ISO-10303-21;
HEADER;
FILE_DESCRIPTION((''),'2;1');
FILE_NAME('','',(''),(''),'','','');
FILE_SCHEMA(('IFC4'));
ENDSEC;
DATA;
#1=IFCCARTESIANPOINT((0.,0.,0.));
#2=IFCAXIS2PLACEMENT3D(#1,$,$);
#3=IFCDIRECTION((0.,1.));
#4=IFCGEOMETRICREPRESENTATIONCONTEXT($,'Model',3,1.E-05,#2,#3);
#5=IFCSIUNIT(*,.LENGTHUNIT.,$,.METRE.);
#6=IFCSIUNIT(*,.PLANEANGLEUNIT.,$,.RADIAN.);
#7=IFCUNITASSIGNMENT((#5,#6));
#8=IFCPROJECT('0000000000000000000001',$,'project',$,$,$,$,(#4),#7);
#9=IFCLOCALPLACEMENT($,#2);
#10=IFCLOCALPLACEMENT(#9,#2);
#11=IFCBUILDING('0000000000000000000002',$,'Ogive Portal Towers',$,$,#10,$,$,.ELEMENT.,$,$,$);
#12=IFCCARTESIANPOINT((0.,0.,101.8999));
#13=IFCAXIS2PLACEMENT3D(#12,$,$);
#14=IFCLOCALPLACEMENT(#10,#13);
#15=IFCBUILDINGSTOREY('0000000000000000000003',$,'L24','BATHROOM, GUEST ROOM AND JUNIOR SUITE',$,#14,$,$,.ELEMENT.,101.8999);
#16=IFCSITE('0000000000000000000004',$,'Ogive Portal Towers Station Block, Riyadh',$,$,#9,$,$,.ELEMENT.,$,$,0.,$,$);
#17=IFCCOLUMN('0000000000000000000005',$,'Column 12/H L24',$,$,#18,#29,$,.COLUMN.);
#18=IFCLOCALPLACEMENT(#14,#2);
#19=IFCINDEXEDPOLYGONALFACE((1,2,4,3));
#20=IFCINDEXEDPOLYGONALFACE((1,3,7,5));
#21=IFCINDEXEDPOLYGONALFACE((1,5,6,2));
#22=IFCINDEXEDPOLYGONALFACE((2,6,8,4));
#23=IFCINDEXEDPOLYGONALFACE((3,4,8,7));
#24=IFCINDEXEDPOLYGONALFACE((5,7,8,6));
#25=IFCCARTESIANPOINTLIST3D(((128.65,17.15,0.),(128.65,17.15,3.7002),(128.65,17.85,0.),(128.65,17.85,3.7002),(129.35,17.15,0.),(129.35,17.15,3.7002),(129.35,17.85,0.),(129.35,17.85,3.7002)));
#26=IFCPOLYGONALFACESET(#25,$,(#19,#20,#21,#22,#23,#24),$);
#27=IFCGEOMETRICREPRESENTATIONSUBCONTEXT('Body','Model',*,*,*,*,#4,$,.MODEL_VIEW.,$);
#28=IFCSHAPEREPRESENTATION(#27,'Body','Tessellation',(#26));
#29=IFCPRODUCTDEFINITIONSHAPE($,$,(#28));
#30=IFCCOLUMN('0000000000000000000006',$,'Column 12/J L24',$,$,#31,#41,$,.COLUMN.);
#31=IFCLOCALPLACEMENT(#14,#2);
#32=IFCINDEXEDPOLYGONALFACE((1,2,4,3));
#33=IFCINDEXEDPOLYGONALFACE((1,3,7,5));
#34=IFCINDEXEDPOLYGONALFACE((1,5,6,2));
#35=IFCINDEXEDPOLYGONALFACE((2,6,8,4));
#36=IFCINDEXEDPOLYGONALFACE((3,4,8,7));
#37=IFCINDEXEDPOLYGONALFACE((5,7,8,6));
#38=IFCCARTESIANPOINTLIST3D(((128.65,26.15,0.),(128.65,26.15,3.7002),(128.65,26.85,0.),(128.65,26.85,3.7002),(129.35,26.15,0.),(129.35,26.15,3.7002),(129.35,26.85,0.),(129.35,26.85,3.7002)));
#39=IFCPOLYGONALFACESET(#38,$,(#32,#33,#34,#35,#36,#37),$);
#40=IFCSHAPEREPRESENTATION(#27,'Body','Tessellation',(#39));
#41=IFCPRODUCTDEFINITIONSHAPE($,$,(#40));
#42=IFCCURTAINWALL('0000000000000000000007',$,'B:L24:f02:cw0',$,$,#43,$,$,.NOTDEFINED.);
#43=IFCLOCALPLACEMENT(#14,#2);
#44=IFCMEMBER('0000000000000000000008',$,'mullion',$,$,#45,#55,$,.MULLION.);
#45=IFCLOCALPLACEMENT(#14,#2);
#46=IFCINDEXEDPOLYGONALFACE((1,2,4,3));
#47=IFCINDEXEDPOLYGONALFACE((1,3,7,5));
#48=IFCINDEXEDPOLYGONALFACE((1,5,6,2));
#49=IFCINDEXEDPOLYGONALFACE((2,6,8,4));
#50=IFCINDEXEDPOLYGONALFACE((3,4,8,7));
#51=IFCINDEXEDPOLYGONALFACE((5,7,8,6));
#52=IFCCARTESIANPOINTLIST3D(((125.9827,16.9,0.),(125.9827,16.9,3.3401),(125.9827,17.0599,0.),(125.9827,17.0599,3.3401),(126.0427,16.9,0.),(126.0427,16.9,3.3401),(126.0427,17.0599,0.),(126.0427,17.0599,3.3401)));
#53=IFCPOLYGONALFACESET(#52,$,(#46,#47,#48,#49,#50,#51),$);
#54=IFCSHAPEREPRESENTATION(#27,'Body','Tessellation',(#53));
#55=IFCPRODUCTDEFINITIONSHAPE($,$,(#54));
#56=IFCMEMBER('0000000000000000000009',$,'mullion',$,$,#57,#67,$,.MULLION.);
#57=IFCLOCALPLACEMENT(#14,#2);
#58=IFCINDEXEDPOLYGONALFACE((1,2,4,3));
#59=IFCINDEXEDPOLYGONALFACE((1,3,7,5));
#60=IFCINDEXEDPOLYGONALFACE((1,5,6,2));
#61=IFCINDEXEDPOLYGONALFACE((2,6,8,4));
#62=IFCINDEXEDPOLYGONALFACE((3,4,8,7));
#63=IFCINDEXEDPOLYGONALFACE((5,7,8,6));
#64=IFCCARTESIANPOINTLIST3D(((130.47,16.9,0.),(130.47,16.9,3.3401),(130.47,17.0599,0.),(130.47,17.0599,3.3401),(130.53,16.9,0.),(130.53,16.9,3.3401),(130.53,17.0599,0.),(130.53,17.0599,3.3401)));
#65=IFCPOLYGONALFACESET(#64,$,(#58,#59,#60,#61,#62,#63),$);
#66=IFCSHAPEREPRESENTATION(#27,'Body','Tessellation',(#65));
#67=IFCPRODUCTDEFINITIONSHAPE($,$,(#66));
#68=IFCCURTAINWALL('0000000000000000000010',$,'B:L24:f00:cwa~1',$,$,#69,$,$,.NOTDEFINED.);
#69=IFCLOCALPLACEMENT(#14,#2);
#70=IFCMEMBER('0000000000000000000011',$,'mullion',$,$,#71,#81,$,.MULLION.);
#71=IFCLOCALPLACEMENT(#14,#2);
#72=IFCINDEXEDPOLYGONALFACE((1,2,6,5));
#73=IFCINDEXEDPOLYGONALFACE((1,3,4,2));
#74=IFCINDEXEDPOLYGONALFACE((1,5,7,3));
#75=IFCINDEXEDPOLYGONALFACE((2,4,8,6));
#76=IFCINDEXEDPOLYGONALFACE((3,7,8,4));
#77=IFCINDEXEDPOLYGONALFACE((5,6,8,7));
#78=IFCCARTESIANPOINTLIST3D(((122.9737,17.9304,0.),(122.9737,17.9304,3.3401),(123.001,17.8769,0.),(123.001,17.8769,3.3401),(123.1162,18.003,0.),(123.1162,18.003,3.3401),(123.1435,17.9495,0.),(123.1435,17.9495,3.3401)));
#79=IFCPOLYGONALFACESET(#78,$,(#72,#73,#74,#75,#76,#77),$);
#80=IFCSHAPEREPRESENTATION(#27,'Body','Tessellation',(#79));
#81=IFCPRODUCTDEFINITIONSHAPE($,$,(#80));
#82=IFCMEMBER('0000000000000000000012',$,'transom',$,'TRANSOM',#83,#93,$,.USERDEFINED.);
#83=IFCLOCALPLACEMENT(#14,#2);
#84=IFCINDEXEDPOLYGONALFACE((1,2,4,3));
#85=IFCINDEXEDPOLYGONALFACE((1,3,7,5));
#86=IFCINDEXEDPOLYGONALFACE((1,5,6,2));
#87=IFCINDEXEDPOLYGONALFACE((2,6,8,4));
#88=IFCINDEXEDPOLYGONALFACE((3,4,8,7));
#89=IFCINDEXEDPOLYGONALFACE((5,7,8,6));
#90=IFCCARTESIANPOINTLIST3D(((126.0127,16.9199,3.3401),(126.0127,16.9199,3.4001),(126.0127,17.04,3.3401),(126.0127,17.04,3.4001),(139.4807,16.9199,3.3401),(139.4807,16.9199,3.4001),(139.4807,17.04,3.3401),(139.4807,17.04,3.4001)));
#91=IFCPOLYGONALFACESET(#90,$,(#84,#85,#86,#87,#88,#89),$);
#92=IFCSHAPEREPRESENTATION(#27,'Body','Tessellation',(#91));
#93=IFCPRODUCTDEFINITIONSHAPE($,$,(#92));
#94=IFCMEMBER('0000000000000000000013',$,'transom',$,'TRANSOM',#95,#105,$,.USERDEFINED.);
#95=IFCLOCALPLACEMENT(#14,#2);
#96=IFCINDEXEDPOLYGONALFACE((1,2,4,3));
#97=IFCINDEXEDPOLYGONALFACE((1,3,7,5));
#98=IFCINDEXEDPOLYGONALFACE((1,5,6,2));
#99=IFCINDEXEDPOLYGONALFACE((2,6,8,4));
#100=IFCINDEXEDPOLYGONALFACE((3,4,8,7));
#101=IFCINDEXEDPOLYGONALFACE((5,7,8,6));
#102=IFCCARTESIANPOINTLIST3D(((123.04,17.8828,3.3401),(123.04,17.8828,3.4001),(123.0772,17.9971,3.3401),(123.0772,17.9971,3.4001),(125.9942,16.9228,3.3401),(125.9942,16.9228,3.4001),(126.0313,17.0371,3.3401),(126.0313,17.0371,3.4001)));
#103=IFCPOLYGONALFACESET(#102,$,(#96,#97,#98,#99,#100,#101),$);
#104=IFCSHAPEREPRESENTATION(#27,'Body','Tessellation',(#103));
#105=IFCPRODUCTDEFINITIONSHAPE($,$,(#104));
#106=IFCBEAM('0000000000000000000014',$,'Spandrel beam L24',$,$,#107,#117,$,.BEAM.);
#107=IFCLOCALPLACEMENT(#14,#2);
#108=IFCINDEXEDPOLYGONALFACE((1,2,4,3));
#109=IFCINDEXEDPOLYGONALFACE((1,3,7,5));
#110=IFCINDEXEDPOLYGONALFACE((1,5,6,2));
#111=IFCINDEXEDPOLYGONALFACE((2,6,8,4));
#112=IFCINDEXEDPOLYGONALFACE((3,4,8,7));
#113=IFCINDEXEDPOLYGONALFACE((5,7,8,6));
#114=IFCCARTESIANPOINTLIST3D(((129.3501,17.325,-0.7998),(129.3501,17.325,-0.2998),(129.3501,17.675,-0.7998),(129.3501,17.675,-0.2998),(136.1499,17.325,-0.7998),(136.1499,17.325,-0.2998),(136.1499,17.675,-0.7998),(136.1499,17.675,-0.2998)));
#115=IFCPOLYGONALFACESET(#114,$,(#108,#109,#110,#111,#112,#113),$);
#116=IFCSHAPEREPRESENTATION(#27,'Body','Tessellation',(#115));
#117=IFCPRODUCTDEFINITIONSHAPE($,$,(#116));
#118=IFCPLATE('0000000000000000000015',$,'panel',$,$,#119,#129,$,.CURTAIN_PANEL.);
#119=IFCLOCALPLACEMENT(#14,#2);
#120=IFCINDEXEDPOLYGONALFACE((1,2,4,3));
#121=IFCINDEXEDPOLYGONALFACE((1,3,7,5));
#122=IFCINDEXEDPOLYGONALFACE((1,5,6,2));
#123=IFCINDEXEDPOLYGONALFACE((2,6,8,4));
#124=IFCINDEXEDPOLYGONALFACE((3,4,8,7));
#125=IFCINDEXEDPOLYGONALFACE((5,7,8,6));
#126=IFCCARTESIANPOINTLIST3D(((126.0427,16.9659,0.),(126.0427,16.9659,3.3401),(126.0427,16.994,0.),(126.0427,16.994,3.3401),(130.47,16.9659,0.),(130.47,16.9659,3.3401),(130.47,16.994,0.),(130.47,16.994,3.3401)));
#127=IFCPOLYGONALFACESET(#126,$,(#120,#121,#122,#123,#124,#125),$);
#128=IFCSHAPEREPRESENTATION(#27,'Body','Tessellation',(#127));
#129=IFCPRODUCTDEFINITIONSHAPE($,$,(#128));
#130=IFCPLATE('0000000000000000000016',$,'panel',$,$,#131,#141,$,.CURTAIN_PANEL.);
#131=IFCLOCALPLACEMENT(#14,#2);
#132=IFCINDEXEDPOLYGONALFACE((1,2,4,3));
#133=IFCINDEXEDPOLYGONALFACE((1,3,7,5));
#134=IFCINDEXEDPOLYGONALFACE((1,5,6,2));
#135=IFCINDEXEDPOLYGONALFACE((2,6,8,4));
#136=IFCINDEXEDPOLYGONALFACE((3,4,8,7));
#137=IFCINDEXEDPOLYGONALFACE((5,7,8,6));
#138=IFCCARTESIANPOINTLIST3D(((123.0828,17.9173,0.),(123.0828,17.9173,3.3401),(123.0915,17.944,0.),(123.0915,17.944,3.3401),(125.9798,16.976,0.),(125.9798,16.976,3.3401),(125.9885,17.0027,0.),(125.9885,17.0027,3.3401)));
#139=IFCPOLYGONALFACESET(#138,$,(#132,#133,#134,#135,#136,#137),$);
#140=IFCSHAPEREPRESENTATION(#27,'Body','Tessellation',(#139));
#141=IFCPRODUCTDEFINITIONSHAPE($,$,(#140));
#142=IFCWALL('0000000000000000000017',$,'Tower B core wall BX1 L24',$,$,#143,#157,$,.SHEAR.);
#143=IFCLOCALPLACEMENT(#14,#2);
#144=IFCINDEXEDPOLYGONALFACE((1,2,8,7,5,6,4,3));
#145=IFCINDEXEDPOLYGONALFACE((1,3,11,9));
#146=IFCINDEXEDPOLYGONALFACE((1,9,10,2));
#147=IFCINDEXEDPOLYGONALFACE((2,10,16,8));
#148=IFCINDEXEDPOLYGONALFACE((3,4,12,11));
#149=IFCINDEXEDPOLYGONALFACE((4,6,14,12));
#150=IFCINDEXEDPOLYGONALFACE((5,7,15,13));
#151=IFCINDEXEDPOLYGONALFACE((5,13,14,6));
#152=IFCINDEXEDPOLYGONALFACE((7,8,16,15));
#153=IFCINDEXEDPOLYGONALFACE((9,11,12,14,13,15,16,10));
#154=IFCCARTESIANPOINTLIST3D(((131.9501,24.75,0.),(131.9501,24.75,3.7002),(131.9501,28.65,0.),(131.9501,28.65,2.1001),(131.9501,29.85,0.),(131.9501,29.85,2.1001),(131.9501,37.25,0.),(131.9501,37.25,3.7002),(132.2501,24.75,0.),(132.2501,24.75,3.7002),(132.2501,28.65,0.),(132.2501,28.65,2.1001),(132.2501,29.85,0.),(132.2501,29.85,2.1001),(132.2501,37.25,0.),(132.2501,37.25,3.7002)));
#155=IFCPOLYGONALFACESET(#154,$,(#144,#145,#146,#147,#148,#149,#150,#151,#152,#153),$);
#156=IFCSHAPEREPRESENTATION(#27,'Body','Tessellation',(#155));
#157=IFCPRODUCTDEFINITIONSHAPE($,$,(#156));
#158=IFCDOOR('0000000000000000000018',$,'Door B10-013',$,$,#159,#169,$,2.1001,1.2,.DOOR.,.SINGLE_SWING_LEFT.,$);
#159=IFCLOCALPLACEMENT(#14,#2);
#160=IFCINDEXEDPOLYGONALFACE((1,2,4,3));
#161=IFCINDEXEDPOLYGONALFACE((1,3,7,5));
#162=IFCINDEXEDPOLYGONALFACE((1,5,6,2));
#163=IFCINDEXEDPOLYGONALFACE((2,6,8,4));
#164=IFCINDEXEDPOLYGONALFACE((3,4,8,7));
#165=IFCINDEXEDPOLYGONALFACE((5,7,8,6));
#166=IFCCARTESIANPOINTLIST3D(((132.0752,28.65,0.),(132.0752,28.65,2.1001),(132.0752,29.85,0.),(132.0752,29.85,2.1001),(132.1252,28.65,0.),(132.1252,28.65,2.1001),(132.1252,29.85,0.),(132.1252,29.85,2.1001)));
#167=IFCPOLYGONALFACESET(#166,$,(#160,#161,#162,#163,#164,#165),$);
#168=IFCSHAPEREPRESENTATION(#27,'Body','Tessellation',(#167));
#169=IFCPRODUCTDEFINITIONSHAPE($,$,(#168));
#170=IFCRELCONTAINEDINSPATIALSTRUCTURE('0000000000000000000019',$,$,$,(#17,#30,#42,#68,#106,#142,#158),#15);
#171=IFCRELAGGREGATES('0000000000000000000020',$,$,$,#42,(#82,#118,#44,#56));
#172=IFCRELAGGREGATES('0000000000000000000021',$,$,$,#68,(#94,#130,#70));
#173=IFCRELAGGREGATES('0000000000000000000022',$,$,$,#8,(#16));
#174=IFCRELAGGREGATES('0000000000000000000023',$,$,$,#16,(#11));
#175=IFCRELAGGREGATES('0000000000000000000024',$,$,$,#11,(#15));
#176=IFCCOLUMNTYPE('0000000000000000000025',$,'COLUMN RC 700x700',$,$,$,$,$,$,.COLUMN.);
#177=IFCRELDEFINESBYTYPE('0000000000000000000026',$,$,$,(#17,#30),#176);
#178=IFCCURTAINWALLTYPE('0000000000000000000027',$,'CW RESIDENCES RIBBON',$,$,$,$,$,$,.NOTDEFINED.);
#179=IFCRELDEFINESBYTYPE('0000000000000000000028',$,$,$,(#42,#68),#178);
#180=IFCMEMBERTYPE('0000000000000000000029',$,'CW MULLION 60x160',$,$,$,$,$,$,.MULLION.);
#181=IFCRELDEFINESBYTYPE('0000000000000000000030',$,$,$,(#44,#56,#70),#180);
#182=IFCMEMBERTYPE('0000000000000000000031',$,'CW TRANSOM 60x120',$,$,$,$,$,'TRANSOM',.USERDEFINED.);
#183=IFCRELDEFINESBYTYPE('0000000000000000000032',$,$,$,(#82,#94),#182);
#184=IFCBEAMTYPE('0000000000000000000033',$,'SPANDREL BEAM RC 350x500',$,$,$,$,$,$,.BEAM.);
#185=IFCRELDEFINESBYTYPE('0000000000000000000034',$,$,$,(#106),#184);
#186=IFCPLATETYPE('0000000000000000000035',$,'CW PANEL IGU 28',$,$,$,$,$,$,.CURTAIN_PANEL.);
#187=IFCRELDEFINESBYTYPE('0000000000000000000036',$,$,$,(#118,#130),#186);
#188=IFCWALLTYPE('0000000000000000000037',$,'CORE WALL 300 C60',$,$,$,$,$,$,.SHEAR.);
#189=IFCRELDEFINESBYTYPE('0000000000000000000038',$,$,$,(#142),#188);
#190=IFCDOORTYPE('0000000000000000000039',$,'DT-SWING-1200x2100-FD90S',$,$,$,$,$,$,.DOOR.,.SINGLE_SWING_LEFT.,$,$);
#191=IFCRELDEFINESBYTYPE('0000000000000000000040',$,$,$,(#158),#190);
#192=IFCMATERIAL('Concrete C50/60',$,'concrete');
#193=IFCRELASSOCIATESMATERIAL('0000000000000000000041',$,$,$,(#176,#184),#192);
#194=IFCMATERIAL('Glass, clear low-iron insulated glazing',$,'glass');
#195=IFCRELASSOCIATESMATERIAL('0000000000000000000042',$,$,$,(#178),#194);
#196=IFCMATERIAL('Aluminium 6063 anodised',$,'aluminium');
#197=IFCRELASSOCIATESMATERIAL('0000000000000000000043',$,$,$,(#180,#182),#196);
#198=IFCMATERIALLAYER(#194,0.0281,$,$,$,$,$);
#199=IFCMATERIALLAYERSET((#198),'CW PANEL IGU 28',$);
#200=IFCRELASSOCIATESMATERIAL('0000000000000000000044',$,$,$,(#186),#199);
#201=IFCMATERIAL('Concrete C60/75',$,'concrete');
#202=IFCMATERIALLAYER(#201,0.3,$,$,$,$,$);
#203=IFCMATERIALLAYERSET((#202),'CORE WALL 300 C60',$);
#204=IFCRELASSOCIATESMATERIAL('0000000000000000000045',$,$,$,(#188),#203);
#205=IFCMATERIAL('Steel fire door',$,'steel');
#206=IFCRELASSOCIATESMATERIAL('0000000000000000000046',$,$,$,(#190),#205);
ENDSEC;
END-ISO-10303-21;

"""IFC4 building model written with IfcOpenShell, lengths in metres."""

from ifc_helpers import new_model, si_unit, direction, frame, frame_2d, origin, origin_2d, place, context, subcontext, project, spatial, rectangle, extrude, material, layer, layer_set, material_profile, profile_set, type_object, element, fill, aggregate, save


model = new_model("IFC4")

# Units and contexts
model_context = context("Model", 3, precision=1e-05, world=origin(), true_north=direction((0.0, 1.0)))
body_context = subcontext(model_context, "Body", "Model", "MODEL_VIEW")
ifc_project = project(units=[si_unit("LENGTHUNIT", "METRE"), si_unit("PLANEANGLEUNIT", "RADIAN")], contexts=[model_context])

# Site, building, storey
site_placement = place(None, origin())
site = spatial("IfcSite", under=ifc_project, at=site_placement, Name="Ogive Portal Towers Station Block, Riyadh", CompositionType="ELEMENT", RefElevation=0.0)
building_placement = place(site_placement, origin())
building = spatial("IfcBuilding", under=site, at=building_placement, Name="Ogive Portal Towers", CompositionType="ELEMENT")
storey_placement = place(building_placement, frame((0.0, 0.0, 101.8999)))
storey = spatial("IfcBuildingStorey", under=building, at=storey_placement, Name="L24", Description="BATHROOM, GUEST ROOM AND JUNIOR SUITE", CompositionType="ELEMENT", Elevation=101.8999)

# Columns
ifc_material_1 = material(Name="Concrete C50/60", Category="concrete")
ifc_material_profile_1 = material_profile(ifc_material_1, rectangle(XDim=0.7, YDim=0.7, at=origin_2d()), Name="RC 700x700")
ifc_profile_set_1 = profile_set([ifc_material_profile_1], Name="Concrete C50/60")
column_type = type_object("IfcColumnType", Name="COLUMN RC 700x700", PredefinedType="COLUMN", material=ifc_profile_set_1)
for number, where, z_axis, x_axis, name in (
    (1, (129.0, 17.5, 0.0), (0.0, 0.0, 1.0), (1.0, 0.0, 0.0), "Column 12/H L24"),
    (2, (129.0, 26.5, 0.0), (0.0, 0.0, 1.0), (1.0, 0.0, 0.0), "Column 12/J L24"),
):
    element("IfcColumn", number, at=place(storey_placement, frame(where, z_axis=z_axis, x_axis=x_axis)), inside=storey, type_object=column_type, Name=name, PredefinedType="COLUMN", context=body_context, shape_type="SweptSolid", body=[
        extrude(rectangle(XDim=0.7, YDim=0.7, at=origin_2d()), origin(), (0.0, 0.0, 1.0), 3.7002),
    ])

# Curtain wall, members
ifc_material_2 = material(Name="Glass, clear low-iron insulated glazing", Category="glass")
curtain_wall_type = type_object("IfcCurtainWallType", Name="CW RESIDENCES RIBBON", PredefinedType="NOTDEFINED", material=ifc_material_2)
curtain_wall_1_placement = place(storey_placement, origin())
curtain_wall_1 = element("IfcCurtainWall", 3, at=curtain_wall_1_placement, inside=storey, type_object=curtain_wall_type, Name="B:L24:f02:cw0", PredefinedType="NOTDEFINED")
ifc_material_3 = material(Name="Aluminium 6063 anodised", Category="aluminium")
ifc_material_profile_2 = material_profile(ifc_material_3, rectangle(XDim=0.1599, YDim=0.0601, at=origin_2d()), Name="AL 60x160")
ifc_profile_set_2 = profile_set([ifc_material_profile_2], Name="Aluminium 6063 anodised")
member_type_1 = type_object("IfcMemberType", Name="CW MULLION 60x160", PredefinedType="MULLION", material=ifc_profile_set_2)
member_1_placement = place(storey_placement, frame((126.0127, 16.98, 0.0), z_axis=(0.0, 0.0, 1.0), x_axis=(0.0, 1.0, 0.0)))
member_1 = element("IfcMember", 4, at=member_1_placement, type_object=member_type_1, Name="mullion", PredefinedType="MULLION", context=body_context, shape_type="SweptSolid", body=[
    extrude(rectangle(XDim=0.1599, YDim=0.0601, at=origin_2d()), origin(), (0.0, 0.0, 1.0), 3.3401),
])
member_2_placement = place(storey_placement, frame((130.5, 16.98, 0.0), z_axis=(0.0, 0.0, 1.0), x_axis=(0.0, 1.0, 0.0)))
member_2 = element("IfcMember", 5, at=member_2_placement, type_object=member_type_1, Name="mullion", PredefinedType="MULLION", context=body_context, shape_type="SweptSolid", body=[
    extrude(rectangle(XDim=0.1599, YDim=0.0601, at=origin_2d()), origin(), (0.0, 0.0, 1.0), 3.3401),
])

# Curtain wall, member
curtain_wall_2_placement = place(storey_placement, origin())
curtain_wall_2 = element("IfcCurtainWall", 6, at=curtain_wall_2_placement, inside=storey, type_object=curtain_wall_type, Name="B:L24:f00:cwa~1", PredefinedType="NOTDEFINED")
member_3_placement = place(storey_placement, frame((123.0586, 17.9399, 0.0), z_axis=(0.0, 0.0, 1.0), x_axis=(0.891007, 0.45399, 0.0)))
member_3 = element("IfcMember", 7, at=member_3_placement, type_object=member_type_1, Name="mullion", PredefinedType="MULLION", context=body_context, shape_type="SweptSolid", body=[
    extrude(rectangle(XDim=0.1599, YDim=0.0601, at=origin_2d()), origin(), (0.0, 0.0, 1.0), 3.3401),
])

# Members
ifc_material_profile_3 = material_profile(ifc_material_3, rectangle(XDim=0.1201, YDim=0.0601, at=origin_2d()), Name="AL 120x60")
ifc_profile_set_3 = profile_set([ifc_material_profile_3], Name="Aluminium 6063 anodised")
member_type_2 = type_object("IfcMemberType", Name="CW TRANSOM 60x120", ElementType="TRANSOM", PredefinedType="USERDEFINED", material=ifc_profile_set_3)
member_4_placement = place(storey_placement, frame((126.0127, 16.98, 3.3701), z_axis=(1.0, 0.0, 0.0), x_axis=(0.0, 1.0, 0.0)))
member_4 = element("IfcMember", 8, at=member_4_placement, type_object=member_type_2, Name="transom", ObjectType="TRANSOM", PredefinedType="USERDEFINED", context=body_context, shape_type="SweptSolid", body=[
    extrude(rectangle(XDim=0.1201, YDim=0.0601, at=origin_2d()), origin(), (0.0, 0.0, 1.0), 13.468),
])
member_5_placement = place(storey_placement, frame((123.0586, 17.9399, 3.3701), z_axis=(0.951046, -0.309051, 0.0), x_axis=(0.309051, 0.951046, 0.0)))
member_5 = element("IfcMember", 9, at=member_5_placement, type_object=member_type_2, Name="transom", ObjectType="TRANSOM", PredefinedType="USERDEFINED", context=body_context, shape_type="SweptSolid", body=[
    extrude(rectangle(XDim=0.1201, YDim=0.0601, at=origin_2d()), origin(), (0.0, 0.0, 1.0), 3.1062),
])

# Beam
ifc_material_profile_4 = material_profile(ifc_material_1, rectangle(XDim=0.3501, YDim=0.5, at=origin_2d()), Name="RC 350x500")
ifc_profile_set_4 = profile_set([ifc_material_profile_4], Name="Concrete C50/60")
beam_type = type_object("IfcBeamType", Name="SPANDREL BEAM RC 350x500", PredefinedType="BEAM", material=ifc_profile_set_4)
beam_placement = place(storey_placement, frame((129.3501, 17.5, -0.5498), z_axis=(1.0, 0.0, 0.0), x_axis=(0.0, 1.0, 0.0)))
element("IfcBeam", 10, at=beam_placement, inside=storey, type_object=beam_type, Name="Spandrel beam L24", PredefinedType="BEAM", context=body_context, shape_type="SweptSolid", body=[
    extrude(rectangle(XDim=0.3501, YDim=0.5, at=origin_2d()), origin(), (0.0, 0.0, 1.0), 6.7998),
])

# Plates
ifc_layer_1 = layer(ifc_material_2, 0.0281)
ifc_layer_set_1 = layer_set([ifc_layer_1], Name="CW PANEL IGU 28")
plate_type = type_object("IfcPlateType", Name="CW PANEL IGU 28", PredefinedType="CURTAIN_PANEL", material=ifc_layer_set_1)
plate_1_placement = place(storey_placement, frame((128.2563, 16.98, 0.0), z_axis=(0.0, 0.0, 1.0), x_axis=(1.0, 0.0, 0.0)))
plate_1 = element("IfcPlate", 11, at=plate_1_placement, type_object=plate_type, Name="panel", PredefinedType="CURTAIN_PANEL", context=body_context, shape_type="SweptSolid", body=[
    extrude(rectangle(XDim=4.4272, YDim=0.0281, at=origin_2d()), origin(), (0.0, 0.0, 1.0), 3.3401),
])
aggregate(curtain_wall_1, [member_4, plate_1, member_1, member_2])
plate_2_placement = place(storey_placement, frame((124.5356, 17.46, 0.0), z_axis=(0.0, 0.0, 1.0), x_axis=(0.951057, -0.309017, 0.0)))
plate_2 = element("IfcPlate", 12, at=plate_2_placement, type_object=plate_type, Name="panel", PredefinedType="CURTAIN_PANEL", context=body_context, shape_type="SweptSolid", body=[
    extrude(rectangle(XDim=3.0461, YDim=0.0281, at=origin_2d()), origin(), (0.0, 0.0, 1.0), 3.3401),
])
aggregate(curtain_wall_2, [member_5, plate_2, member_3])

# Wall, opening, door
ifc_material_4 = material(Name="Concrete C60/75", Category="concrete")
ifc_layer_2 = layer(ifc_material_4, 0.3)
ifc_layer_set_2 = layer_set([ifc_layer_2], Name="CORE WALL 300 C60")
wall_type_1 = type_object("IfcWallType", Name="CORE WALL 300 C60", PredefinedType="SHEAR", material=ifc_layer_set_2)
wall_1_placement = place(storey_placement, frame((132.1001, 24.75, 0.0), z_axis=(0.0, 0.0, 1.0), x_axis=(0.0, 1.0, 0.0)))
wall_1 = element("IfcWall", 13, at=wall_1_placement, inside=storey, type_object=wall_type_1, Name="Tower B core wall BX1 L24", PredefinedType="SHEAR", context=body_context, shape_type="SweptSolid", body=[
    extrude(rectangle(XDim=12.5, YDim=0.3, at=frame_2d((6.25, 0.0))), origin(), (0.0, 0.0, 1.0), 3.7002),
])
opening_1_placement = place(wall_1_placement, frame((3.8999, 0.0, 0.0)))
opening_1 = element("IfcOpeningElement", 14, at=opening_1_placement, cuts=wall_1, PredefinedType="OPENING", context=body_context, shape_type="SweptSolid", body=[
    extrude(rectangle(XDim=1.2, YDim=2.1001, at=frame_2d((0.6001, 1.05))), frame((0.0, 0.1602, 0.0), z_axis=(0.0, -1.0, 0.0), x_axis=(1.0, 0.0, 0.0)), (0.0, 0.0, 1.0), 0.3201),
])
ifc_material_5 = material(Name="Steel fire door", Category="steel")
door_type_1 = type_object("IfcDoorType", Name="DT-SWING-1200x2100-FD90S", OperationType="SINGLE_SWING_LEFT", PredefinedType="DOOR", material=ifc_material_5)
door_1_placement = place(opening_1_placement, origin())
door_1 = element("IfcDoor", 15, at=door_1_placement, inside=storey, type_object=door_type_1, Name="Door B10-013", OperationType="SINGLE_SWING_LEFT", OverallHeight=2.1001, OverallWidth=1.2, PredefinedType="DOOR", context=body_context, shape_type="SweptSolid", body=[
    extrude(rectangle(XDim=1.2, YDim=2.1001, at=frame_2d((0.6001, 1.05))), frame((0.0, 0.0249, 0.0), z_axis=(0.0, -1.0, 0.0), x_axis=(1.0, 0.0, 0.0)), (0.0, 0.0, 1.0), 0.05),
])
fill(opening_1, door_1)

save(model, "model.ifc")
